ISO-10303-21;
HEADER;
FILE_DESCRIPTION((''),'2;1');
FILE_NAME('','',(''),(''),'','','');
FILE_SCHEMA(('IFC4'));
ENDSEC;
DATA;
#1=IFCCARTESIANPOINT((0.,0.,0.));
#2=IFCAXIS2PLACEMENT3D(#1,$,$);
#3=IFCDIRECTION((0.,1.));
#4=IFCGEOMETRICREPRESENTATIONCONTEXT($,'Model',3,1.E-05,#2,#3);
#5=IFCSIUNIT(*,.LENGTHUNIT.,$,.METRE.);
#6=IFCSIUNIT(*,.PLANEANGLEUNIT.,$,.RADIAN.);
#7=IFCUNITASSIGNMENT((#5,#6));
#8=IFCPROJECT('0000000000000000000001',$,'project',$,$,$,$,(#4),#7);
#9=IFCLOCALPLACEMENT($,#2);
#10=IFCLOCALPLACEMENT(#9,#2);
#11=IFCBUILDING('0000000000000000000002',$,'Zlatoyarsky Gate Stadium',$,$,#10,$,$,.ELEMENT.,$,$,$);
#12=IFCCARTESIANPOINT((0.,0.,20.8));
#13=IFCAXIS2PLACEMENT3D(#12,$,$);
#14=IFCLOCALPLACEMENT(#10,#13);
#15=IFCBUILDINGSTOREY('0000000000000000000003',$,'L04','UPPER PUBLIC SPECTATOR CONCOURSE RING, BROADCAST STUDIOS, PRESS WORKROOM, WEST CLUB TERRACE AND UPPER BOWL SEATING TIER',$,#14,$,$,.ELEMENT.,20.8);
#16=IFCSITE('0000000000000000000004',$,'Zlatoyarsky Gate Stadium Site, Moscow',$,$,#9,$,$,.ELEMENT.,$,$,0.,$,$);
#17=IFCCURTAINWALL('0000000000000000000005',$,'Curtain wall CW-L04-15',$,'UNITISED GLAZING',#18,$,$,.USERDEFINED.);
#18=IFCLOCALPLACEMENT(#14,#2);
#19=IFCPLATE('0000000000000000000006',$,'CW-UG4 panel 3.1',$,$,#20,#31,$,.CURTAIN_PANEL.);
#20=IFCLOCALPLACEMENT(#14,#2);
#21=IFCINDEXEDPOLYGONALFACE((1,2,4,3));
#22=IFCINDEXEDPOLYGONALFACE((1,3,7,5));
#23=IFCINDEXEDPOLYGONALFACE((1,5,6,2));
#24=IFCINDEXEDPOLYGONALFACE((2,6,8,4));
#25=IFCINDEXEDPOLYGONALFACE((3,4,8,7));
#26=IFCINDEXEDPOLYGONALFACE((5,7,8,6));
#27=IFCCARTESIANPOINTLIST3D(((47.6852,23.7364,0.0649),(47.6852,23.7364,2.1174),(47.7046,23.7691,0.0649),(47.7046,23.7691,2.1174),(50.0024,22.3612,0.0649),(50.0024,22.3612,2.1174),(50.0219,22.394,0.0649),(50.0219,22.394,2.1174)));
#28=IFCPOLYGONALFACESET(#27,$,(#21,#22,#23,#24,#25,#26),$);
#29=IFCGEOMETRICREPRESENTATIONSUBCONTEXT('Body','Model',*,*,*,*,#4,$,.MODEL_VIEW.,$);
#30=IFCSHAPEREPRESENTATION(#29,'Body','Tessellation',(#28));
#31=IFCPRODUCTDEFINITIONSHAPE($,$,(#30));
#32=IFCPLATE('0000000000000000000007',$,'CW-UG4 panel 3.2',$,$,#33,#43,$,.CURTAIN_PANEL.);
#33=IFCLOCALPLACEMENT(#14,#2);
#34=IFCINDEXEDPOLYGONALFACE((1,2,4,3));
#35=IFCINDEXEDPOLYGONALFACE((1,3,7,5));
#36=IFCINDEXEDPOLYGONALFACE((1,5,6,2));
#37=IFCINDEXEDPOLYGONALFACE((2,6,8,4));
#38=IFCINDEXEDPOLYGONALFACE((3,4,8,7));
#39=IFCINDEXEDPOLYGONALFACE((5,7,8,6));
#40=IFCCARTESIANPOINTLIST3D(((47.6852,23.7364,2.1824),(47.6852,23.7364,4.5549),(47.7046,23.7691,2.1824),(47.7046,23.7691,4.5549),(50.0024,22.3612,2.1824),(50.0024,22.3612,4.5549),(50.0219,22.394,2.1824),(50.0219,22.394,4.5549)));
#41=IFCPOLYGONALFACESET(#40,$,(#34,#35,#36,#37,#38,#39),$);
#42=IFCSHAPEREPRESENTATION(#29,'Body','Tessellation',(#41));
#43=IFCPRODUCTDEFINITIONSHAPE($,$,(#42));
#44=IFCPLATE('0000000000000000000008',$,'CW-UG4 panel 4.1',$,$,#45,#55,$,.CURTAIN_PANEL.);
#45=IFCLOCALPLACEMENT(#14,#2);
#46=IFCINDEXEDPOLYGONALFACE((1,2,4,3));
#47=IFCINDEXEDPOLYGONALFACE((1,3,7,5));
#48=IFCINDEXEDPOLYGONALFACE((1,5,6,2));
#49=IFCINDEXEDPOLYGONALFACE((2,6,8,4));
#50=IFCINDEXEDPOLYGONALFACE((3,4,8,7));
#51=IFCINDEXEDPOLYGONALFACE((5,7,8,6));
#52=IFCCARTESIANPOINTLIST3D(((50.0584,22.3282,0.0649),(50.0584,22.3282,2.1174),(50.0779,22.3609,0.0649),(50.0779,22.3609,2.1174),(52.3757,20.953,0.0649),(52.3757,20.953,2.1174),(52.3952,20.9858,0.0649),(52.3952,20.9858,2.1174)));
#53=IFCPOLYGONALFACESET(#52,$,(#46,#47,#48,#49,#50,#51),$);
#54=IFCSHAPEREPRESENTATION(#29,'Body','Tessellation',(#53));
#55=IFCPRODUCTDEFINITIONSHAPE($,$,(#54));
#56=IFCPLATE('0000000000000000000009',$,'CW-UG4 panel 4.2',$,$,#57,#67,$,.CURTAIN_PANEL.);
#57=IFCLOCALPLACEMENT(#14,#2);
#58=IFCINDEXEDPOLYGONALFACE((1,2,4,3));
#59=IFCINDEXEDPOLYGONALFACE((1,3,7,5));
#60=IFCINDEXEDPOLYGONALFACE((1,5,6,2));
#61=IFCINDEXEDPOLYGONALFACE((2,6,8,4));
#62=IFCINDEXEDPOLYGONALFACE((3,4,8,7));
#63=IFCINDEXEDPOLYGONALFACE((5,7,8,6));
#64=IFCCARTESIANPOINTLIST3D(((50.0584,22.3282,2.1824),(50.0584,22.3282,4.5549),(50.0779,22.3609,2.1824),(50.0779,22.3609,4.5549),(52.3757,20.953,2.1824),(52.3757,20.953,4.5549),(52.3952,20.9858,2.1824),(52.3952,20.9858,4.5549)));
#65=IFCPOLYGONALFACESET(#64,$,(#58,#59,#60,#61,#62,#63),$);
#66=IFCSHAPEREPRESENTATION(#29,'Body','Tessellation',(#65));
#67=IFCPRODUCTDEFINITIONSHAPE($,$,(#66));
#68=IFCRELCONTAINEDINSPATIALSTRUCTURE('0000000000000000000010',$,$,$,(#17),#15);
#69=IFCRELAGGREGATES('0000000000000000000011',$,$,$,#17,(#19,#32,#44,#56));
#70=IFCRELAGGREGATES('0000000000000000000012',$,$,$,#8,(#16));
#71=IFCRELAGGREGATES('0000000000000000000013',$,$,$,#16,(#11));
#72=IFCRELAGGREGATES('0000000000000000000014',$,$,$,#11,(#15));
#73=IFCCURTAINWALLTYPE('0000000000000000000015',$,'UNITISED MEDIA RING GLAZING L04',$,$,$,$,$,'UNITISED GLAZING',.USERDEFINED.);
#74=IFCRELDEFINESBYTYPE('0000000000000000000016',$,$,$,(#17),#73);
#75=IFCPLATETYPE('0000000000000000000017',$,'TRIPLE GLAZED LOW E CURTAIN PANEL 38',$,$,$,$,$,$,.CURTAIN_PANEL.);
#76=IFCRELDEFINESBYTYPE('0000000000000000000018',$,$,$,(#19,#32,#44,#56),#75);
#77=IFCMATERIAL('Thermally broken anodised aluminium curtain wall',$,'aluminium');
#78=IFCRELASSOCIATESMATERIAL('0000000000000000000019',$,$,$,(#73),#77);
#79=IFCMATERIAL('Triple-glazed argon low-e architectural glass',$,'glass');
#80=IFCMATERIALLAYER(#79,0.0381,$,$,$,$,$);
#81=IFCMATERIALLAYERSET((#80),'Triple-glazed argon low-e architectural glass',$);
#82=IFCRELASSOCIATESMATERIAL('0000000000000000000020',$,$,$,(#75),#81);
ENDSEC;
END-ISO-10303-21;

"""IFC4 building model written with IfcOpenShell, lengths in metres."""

from ifc_helpers import new_model, si_unit, direction, frame, origin, origin_2d, place, context, subcontext, project, spatial, rectangle, extrude, material, layer, layer_set, type_object, element, aggregate, save


model = new_model("IFC4")

# Units and contexts
model_context = context("Model", 3, precision=1e-05, world=origin(), true_north=direction((0.0, 1.0)))
body_context = subcontext(model_context, "Body", "Model", "MODEL_VIEW")
ifc_project = project(units=[si_unit("LENGTHUNIT", "METRE"), si_unit("PLANEANGLEUNIT", "RADIAN")], contexts=[model_context])

# Site, building, storey
site_placement = place(None, origin())
site = spatial("IfcSite", under=ifc_project, at=site_placement, Name="Zlatoyarsky Gate Stadium Site, Moscow", CompositionType="ELEMENT", RefElevation=0.0)
building_placement = place(site_placement, origin())
building = spatial("IfcBuilding", under=site, at=building_placement, Name="Zlatoyarsky Gate Stadium", CompositionType="ELEMENT")
storey_placement = place(building_placement, frame((0.0, 0.0, 20.8)))
storey = spatial("IfcBuildingStorey", under=building, at=storey_placement, Name="L04", Description="UPPER PUBLIC SPECTATOR CONCOURSE RING, BROADCAST STUDIOS, PRESS WORKROOM, WEST CLUB TERRACE AND UPPER BOWL SEATING TIER", CompositionType="ELEMENT", Elevation=20.8)

# Shared definitions
ifc_material_1 = material(Name="Thermally broken anodised aluminium curtain wall", Category="aluminium")
curtain_wall_type = type_object("IfcCurtainWallType", Name="UNITISED MEDIA RING GLAZING L04", ElementType="UNITISED GLAZING", PredefinedType="USERDEFINED", material=ifc_material_1)

# Curtain wall
curtain_wall_1_placement = place(storey_placement, origin())
curtain_wall_1 = element("IfcCurtainWall", 1, at=curtain_wall_1_placement, inside=storey, type_object=curtain_wall_type, Name="Curtain wall CW-L04-15", ObjectType="UNITISED GLAZING", PredefinedType="USERDEFINED")

# Plates
ifc_material_2 = material(Name="Triple-glazed argon low-e architectural glass", Category="glass")
ifc_layer_1 = layer(ifc_material_2, 0.0381)
ifc_layer_set_1 = layer_set([ifc_layer_1], Name="Triple-glazed argon low-e architectural glass")
plate_type_1 = type_object("IfcPlateType", Name="TRIPLE GLAZED LOW E CURTAIN PANEL 38", PredefinedType="CURTAIN_PANEL", material=ifc_layer_set_1)
plate_1_placement = place(storey_placement, frame((48.8535, 23.0652, 0.0649), z_axis=(0.0, 0.0, 1.0), x_axis=(0.859978, -0.51033, 0.0)))
plate_1 = element("IfcPlate", 2, at=plate_1_placement, type_object=plate_type_1, Name="CW-UG4 panel 3.1", PredefinedType="CURTAIN_PANEL", context=body_context, shape_type="SweptSolid", body=[
    extrude(rectangle(XDim=2.6946, YDim=0.0381, at=origin_2d()), origin(), (0.0, 0.0, 1.0), 2.0525),
])
plate_2_placement = place(storey_placement, frame((48.8535, 23.0652, 2.1824), z_axis=(0.0, 0.0, 1.0), x_axis=(0.859978, -0.51033, 0.0)))
plate_2 = element("IfcPlate", 3, at=plate_2_placement, type_object=plate_type_1, Name="CW-UG4 panel 3.2", PredefinedType="CURTAIN_PANEL", context=body_context, shape_type="SweptSolid", body=[
    extrude(rectangle(XDim=2.6946, YDim=0.0381, at=origin_2d()), origin(), (0.0, 0.0, 1.0), 2.3726),
])
plate_3_placement = place(storey_placement, frame((51.2268, 21.657, 0.0649), z_axis=(0.0, 0.0, 1.0), x_axis=(0.859978, -0.51033, 0.0)))
plate_3 = element("IfcPlate", 4, at=plate_3_placement, type_object=plate_type_1, Name="CW-UG4 panel 4.1", PredefinedType="CURTAIN_PANEL", context=body_context, shape_type="SweptSolid", body=[
    extrude(rectangle(XDim=2.6946, YDim=0.0381, at=origin_2d()), origin(), (0.0, 0.0, 1.0), 2.0525),
])
plate_4_placement = place(storey_placement, frame((51.2268, 21.657, 2.1824), z_axis=(0.0, 0.0, 1.0), x_axis=(0.859978, -0.51033, 0.0)))
plate_4 = element("IfcPlate", 5, at=plate_4_placement, type_object=plate_type_1, Name="CW-UG4 panel 4.2", PredefinedType="CURTAIN_PANEL", context=body_context, shape_type="SweptSolid", body=[
    extrude(rectangle(XDim=2.6946, YDim=0.0381, at=origin_2d()), origin(), (0.0, 0.0, 1.0), 2.3726),
])
aggregate(curtain_wall_1, [plate_1, plate_2, plate_3, plate_4])

save(model, "model.ifc")
